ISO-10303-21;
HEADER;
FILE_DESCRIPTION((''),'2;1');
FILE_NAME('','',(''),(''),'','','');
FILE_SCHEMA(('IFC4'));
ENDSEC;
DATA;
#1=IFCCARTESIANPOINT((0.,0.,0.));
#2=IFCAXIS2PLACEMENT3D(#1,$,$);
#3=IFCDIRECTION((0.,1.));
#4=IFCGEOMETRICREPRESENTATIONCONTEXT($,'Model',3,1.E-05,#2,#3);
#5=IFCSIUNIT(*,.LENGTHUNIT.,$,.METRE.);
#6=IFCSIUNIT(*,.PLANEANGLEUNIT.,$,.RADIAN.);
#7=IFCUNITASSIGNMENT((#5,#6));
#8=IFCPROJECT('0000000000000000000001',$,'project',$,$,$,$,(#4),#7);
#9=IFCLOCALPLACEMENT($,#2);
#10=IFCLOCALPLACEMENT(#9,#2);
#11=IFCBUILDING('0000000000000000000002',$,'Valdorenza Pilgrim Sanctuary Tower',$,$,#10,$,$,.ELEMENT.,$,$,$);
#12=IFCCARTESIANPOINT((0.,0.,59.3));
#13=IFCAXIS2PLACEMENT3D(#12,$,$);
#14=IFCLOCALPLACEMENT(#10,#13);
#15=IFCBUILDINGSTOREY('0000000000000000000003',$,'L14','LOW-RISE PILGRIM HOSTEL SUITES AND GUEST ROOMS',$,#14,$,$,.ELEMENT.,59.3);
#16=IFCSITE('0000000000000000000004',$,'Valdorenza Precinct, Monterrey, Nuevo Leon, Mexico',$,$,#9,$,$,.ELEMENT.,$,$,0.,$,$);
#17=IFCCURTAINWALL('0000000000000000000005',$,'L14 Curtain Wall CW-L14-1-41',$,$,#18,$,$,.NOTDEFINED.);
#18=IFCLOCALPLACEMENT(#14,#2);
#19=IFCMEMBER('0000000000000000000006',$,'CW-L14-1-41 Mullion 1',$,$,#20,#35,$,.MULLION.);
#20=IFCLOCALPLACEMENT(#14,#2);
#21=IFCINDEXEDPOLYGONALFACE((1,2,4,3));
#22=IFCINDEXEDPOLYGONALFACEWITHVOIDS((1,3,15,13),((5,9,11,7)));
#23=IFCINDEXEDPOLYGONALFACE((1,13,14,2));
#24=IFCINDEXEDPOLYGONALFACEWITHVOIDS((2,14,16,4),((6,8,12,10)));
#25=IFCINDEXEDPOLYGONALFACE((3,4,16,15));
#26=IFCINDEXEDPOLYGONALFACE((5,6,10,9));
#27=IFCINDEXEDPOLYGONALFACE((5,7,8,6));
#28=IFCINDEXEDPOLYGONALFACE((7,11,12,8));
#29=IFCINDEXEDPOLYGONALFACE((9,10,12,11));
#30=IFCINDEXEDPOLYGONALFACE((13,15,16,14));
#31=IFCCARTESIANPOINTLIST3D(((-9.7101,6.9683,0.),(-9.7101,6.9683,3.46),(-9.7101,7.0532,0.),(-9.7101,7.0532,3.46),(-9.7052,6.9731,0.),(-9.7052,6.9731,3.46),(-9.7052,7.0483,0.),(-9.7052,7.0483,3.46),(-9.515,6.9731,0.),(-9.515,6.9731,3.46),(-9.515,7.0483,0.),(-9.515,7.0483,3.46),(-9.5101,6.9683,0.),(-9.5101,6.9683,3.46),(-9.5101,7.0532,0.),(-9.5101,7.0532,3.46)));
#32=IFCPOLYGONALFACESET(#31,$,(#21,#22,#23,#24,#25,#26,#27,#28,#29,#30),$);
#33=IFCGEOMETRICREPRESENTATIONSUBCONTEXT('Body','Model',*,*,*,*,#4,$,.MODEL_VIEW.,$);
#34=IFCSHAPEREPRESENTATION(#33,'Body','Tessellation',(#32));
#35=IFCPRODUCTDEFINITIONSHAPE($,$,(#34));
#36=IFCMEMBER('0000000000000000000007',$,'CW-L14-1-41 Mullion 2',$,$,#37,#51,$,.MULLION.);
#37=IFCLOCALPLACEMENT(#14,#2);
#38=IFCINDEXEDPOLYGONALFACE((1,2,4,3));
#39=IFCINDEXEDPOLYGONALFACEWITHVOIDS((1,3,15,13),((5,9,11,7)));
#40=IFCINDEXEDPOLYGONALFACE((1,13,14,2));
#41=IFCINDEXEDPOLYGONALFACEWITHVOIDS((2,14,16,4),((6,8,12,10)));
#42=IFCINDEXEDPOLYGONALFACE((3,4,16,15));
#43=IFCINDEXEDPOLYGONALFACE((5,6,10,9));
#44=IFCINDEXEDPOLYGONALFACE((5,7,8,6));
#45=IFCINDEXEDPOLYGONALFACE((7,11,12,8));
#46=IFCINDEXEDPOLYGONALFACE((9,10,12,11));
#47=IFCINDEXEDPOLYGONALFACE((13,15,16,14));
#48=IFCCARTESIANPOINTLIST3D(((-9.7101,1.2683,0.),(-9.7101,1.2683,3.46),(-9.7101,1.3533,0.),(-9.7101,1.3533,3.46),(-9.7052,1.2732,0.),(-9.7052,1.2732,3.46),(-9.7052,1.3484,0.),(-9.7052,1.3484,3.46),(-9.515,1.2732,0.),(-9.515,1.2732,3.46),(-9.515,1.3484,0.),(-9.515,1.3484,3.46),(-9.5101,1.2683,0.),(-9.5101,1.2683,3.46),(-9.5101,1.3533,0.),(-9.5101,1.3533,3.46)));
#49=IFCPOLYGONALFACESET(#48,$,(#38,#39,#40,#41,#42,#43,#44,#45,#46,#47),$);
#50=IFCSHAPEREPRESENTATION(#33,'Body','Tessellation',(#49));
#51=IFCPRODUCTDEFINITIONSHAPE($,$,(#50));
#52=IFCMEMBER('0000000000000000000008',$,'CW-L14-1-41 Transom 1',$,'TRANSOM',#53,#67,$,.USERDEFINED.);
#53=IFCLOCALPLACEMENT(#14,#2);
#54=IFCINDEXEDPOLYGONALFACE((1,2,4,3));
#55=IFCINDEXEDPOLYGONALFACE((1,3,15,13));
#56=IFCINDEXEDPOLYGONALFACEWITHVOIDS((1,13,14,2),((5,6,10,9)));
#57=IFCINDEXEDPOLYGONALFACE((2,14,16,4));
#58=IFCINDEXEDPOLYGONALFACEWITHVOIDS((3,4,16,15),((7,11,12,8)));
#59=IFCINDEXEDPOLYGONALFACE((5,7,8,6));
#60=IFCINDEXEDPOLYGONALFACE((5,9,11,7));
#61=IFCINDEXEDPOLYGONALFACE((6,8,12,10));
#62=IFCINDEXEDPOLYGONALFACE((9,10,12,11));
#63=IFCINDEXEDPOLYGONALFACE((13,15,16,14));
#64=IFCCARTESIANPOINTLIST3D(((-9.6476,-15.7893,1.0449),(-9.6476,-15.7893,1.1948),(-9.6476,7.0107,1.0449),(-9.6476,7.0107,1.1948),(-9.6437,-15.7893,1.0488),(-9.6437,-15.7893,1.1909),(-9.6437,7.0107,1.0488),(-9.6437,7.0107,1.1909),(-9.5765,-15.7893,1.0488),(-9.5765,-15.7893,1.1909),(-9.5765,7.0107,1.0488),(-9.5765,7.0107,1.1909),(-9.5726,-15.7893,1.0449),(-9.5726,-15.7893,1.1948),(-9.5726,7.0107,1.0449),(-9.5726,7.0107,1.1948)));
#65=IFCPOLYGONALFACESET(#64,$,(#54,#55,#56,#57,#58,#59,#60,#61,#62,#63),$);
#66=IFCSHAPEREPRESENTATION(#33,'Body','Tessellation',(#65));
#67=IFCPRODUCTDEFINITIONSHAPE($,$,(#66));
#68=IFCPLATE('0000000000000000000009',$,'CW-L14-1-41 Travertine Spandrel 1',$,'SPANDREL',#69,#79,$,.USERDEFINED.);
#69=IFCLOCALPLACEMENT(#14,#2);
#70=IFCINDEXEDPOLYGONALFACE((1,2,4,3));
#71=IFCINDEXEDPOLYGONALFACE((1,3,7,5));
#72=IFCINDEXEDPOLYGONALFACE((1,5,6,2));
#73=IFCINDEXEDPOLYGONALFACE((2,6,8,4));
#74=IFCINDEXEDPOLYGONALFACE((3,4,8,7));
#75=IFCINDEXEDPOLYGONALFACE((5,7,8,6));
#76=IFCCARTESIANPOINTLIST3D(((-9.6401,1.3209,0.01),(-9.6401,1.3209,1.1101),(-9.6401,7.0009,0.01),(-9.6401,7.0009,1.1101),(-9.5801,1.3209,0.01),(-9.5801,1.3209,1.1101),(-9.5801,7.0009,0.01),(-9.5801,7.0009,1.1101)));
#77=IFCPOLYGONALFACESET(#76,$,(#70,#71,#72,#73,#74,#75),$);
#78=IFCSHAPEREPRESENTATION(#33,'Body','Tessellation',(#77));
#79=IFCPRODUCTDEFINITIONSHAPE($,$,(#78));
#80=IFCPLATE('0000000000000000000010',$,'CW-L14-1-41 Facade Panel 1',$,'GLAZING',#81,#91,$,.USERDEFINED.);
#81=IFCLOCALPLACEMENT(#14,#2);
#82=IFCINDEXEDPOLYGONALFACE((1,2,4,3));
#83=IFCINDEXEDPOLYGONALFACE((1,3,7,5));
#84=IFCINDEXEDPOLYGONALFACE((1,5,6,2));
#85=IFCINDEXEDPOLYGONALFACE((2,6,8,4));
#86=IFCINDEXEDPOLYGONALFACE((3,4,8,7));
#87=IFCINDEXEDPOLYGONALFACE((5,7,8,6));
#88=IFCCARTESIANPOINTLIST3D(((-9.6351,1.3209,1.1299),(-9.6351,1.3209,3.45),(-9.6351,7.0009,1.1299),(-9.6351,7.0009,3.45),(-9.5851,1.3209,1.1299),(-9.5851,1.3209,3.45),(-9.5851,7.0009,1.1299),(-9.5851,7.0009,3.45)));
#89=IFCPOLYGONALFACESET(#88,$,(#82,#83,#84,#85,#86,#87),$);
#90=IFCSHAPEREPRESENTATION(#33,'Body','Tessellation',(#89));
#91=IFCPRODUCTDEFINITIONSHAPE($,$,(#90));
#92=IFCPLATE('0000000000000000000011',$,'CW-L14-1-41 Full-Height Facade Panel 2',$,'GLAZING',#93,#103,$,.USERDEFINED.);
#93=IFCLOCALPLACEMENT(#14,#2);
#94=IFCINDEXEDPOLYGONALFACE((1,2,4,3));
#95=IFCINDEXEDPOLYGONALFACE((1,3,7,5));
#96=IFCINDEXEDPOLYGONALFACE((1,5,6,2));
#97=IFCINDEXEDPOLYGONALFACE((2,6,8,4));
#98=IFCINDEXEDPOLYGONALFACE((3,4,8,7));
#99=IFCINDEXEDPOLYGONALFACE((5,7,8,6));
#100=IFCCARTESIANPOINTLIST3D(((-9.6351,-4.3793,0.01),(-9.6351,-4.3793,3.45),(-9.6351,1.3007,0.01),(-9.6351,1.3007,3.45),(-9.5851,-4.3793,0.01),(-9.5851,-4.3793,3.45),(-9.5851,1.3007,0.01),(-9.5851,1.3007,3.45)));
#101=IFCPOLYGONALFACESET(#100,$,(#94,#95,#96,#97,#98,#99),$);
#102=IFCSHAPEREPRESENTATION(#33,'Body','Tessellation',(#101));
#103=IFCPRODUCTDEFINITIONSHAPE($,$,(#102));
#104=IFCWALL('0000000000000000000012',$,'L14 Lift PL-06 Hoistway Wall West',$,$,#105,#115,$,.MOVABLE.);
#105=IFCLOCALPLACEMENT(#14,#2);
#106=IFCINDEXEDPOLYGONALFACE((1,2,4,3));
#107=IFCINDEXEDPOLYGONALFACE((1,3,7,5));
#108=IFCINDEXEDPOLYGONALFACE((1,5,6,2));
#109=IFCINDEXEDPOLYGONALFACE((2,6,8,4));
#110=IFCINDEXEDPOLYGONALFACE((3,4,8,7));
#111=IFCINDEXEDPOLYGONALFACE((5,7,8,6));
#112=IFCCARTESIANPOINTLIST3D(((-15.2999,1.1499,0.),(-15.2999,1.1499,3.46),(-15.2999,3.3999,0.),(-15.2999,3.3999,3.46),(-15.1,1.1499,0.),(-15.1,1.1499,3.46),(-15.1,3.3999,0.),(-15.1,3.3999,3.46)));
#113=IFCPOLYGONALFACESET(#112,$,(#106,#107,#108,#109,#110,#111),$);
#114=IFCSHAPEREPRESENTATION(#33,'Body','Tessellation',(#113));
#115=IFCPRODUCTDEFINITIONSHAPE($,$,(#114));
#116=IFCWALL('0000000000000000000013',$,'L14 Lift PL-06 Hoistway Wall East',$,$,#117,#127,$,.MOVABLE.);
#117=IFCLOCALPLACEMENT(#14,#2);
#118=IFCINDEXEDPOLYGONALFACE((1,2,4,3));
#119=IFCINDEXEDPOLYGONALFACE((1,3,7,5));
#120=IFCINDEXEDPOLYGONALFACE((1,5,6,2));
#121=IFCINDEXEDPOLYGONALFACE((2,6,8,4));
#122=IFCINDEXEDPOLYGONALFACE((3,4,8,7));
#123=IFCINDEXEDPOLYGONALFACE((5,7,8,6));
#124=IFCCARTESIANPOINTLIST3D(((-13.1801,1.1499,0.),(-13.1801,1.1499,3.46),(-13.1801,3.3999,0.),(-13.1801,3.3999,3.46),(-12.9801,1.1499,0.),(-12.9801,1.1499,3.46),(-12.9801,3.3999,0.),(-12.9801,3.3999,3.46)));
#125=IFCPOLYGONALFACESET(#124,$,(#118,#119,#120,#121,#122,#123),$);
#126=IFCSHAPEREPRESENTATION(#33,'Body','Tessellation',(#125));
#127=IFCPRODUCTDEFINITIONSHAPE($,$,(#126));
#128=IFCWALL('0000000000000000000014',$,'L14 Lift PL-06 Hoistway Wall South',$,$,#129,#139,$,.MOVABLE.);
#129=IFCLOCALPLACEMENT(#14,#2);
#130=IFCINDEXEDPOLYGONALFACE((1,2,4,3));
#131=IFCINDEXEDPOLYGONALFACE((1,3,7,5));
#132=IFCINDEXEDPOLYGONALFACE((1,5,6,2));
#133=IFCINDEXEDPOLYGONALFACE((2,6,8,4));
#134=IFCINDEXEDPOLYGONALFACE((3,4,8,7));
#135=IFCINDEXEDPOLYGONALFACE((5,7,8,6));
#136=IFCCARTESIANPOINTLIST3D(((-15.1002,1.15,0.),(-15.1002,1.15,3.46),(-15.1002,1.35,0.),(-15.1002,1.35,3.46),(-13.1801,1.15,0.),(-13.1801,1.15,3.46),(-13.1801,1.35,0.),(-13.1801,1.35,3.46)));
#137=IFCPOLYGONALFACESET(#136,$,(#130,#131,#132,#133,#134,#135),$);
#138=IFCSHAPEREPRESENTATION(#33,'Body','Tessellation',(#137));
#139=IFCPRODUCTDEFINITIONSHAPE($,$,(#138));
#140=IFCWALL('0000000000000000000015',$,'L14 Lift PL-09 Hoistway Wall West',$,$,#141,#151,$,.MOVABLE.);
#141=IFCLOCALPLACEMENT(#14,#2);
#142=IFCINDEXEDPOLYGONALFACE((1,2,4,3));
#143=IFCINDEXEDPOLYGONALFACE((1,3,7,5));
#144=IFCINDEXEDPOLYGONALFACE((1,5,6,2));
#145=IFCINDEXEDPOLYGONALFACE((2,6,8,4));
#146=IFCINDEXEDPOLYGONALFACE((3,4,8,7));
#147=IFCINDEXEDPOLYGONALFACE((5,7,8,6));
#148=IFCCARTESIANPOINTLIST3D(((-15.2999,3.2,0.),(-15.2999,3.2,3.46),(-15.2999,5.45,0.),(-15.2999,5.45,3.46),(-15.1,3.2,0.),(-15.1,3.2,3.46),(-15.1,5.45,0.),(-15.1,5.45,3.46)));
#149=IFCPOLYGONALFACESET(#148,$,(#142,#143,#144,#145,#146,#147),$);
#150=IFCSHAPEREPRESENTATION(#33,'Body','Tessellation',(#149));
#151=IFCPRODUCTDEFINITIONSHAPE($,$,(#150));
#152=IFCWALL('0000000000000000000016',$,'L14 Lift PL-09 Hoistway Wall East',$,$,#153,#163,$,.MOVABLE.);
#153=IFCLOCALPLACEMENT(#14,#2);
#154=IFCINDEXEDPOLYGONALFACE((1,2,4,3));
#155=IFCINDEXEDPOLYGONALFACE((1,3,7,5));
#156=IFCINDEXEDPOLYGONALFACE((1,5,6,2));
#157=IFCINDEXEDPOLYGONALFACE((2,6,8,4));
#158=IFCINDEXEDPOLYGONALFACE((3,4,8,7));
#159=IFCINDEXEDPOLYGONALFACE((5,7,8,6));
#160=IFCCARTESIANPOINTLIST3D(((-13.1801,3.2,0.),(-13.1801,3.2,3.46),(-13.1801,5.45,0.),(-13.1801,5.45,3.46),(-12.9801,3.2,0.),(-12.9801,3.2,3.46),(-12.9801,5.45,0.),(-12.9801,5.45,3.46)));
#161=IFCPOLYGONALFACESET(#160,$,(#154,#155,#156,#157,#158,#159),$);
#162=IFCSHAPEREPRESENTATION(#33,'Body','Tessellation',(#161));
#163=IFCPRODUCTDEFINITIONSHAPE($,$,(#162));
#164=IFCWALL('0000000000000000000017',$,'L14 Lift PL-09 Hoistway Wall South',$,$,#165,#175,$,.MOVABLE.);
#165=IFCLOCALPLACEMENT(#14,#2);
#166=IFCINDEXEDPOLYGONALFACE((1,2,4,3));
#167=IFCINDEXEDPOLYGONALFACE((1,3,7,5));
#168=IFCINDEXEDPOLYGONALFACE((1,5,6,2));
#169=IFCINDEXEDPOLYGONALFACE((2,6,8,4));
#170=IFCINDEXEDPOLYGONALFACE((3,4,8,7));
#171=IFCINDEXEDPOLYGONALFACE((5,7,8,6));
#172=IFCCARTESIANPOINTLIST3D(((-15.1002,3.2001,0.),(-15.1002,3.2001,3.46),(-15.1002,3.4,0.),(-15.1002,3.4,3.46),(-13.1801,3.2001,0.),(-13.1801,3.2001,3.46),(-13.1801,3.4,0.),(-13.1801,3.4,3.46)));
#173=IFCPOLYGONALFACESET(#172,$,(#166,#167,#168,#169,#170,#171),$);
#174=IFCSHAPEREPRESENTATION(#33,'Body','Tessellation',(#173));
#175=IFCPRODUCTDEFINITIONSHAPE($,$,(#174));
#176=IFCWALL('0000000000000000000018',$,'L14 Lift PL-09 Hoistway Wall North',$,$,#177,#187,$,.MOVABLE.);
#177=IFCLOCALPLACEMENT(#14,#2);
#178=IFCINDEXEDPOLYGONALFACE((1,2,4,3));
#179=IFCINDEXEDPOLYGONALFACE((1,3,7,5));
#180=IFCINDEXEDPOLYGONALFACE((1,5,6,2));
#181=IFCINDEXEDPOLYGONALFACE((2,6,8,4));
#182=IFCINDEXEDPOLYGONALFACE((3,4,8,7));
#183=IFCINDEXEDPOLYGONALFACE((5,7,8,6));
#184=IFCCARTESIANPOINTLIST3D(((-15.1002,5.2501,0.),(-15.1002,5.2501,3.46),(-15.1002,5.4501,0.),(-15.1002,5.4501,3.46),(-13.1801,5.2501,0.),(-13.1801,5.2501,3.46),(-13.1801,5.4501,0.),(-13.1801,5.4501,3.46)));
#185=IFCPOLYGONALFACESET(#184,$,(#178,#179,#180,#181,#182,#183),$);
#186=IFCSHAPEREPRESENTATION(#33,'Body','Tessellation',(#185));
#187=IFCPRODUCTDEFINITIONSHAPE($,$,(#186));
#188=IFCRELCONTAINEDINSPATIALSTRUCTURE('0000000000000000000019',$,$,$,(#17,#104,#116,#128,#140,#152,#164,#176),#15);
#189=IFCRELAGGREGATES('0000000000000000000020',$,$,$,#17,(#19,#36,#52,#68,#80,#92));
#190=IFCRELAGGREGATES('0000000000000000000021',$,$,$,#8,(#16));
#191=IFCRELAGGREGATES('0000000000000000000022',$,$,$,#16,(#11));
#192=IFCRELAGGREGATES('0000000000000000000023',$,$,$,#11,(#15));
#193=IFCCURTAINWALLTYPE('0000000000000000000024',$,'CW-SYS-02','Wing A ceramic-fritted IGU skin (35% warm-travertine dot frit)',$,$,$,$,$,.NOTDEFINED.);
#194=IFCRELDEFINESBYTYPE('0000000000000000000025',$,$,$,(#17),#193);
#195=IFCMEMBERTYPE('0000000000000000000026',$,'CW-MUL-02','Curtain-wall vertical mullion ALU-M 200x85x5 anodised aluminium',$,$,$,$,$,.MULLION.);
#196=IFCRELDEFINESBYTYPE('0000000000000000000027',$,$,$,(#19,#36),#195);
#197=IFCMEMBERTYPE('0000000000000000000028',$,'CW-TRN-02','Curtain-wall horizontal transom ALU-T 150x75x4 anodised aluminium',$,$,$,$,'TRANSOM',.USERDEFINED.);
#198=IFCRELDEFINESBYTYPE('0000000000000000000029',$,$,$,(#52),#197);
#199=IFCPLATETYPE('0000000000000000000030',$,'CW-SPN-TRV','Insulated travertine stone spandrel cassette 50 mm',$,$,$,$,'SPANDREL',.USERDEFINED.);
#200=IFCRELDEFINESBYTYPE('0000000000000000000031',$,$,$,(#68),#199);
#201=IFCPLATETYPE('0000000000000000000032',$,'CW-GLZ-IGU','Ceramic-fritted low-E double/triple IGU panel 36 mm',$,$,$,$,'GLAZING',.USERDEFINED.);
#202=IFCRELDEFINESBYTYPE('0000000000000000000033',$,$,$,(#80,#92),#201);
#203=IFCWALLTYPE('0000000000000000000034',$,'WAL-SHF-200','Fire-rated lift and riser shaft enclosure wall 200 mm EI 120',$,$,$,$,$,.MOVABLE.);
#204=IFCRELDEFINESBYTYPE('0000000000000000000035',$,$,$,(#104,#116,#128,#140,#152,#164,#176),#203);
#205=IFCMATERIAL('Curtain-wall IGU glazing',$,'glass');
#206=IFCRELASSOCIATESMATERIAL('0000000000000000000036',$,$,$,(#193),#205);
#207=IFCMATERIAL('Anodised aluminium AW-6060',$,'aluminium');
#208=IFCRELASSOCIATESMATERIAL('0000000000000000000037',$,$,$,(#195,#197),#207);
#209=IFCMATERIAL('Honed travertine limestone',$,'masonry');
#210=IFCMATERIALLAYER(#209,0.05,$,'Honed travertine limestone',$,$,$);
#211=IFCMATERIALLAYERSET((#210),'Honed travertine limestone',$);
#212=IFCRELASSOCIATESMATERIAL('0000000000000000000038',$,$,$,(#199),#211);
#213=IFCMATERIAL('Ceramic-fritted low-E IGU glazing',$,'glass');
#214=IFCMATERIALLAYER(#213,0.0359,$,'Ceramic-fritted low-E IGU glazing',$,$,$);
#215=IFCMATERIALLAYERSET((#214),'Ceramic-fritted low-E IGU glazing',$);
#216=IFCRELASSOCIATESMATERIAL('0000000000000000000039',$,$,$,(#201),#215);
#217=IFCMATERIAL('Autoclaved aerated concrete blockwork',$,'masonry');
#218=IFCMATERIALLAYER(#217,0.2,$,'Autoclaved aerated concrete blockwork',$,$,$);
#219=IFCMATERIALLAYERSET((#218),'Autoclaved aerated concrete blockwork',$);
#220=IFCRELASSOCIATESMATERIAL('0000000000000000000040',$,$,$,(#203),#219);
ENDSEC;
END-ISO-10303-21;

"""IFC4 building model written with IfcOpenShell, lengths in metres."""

from ifc_helpers import new_model, si_unit, direction, frame, frame_2d, origin, origin_2d, place, context, subcontext, project, spatial, rectangle, hollow_rectangle, extrude, source, transform, mapped, material, layer, layer_set, material_profile, profile_set, type_object, element, aggregate, save


model = new_model("IFC4")

# Units and contexts
model_context = context("Model", 3, precision=1e-05, world=origin(), true_north=direction((0.0, 1.0)))
body_context = subcontext(model_context, "Body", "Model", "MODEL_VIEW")
ifc_project = project(units=[si_unit("LENGTHUNIT", "METRE"), si_unit("PLANEANGLEUNIT", "RADIAN")], contexts=[model_context])

# Site, building, storey
site_placement = place(None, origin())
site = spatial("IfcSite", under=ifc_project, at=site_placement, Name="Valdorenza Precinct, Monterrey, Nuevo Leon, Mexico", CompositionType="ELEMENT", RefElevation=0.0)
building_placement = place(site_placement, origin())
building = spatial("IfcBuilding", under=site, at=building_placement, Name="Valdorenza Pilgrim Sanctuary Tower", CompositionType="ELEMENT")
storey_placement = place(building_placement, frame((0.0, 0.0, 59.3)))
storey = spatial("IfcBuildingStorey", under=building, at=storey_placement, Name="L14", Description="LOW-RISE PILGRIM HOSTEL SUITES AND GUEST ROOMS", CompositionType="ELEMENT", Elevation=59.3)

# Curtain wall, members, plates
ifc_material_1 = material(Name="Curtain-wall IGU glazing", Category="glass")
curtain_wall_type = type_object("IfcCurtainWallType", Name="CW-SYS-02", Description="Wing A ceramic-fritted IGU skin (35% warm-travertine dot frit)", PredefinedType="NOTDEFINED", material=ifc_material_1)
curtain_wall_placement = place(storey_placement, origin())
curtain_wall = element("IfcCurtainWall", 1, at=curtain_wall_placement, inside=storey, type_object=curtain_wall_type, Name="L14 Curtain Wall CW-L14-1-41", PredefinedType="NOTDEFINED")
ifc_material_2 = material(Name="Anodised aluminium AW-6060", Category="aluminium")
ifc_material_profile_1 = material_profile(ifc_material_2, hollow_rectangle(XDim=0.085, YDim=0.2, WallThickness=0.0049, at=origin_2d()), Name="ALU-M 200x85x5")
ifc_profile_set_1 = profile_set([ifc_material_profile_1], Name="Anodised aluminium AW-6060")
member_type_1 = type_object("IfcMemberType", Name="CW-MUL-02", Description="Curtain-wall vertical mullion ALU-M 200x85x5 anodised aluminium", PredefinedType="MULLION", material=ifc_profile_set_1)
shared_shape_1 = source(origin(), body_context, "Body", "SweptSolid", [
    extrude(hollow_rectangle(XDim=0.085, YDim=0.2, WallThickness=0.0049, at=origin_2d()), origin(), (0.0, 0.0, 1.0), 3.46),
])
member_1_placement = place(storey_placement, frame((-9.6101, 7.0107, 0.0), z_axis=(0.0, 0.0, 1.0), x_axis=(0.0, -1.0, 0.0)))
member_1 = element("IfcMember", 2, at=member_1_placement, type_object=member_type_1, Name="CW-L14-1-41 Mullion 1", PredefinedType="MULLION", context=body_context, shape_type="MappedRepresentation", body=[
    mapped(shared_shape_1, transform((0.0, 0.0, 0.0), x_axis=(1.0, 0.0, 0.0), y_axis=(0.0, 1.0, 0.0), z_axis=(0.0, 0.0, 1.0), scale=1.0)),
])
member_2_placement = place(storey_placement, frame((-9.6101, 1.3108, 0.0), z_axis=(0.0, 0.0, 1.0), x_axis=(0.0, -1.0, 0.0)))
member_2 = element("IfcMember", 3, at=member_2_placement, type_object=member_type_1, Name="CW-L14-1-41 Mullion 2", PredefinedType="MULLION", context=body_context, shape_type="MappedRepresentation", body=[
    mapped(shared_shape_1, transform((0.0, 0.0, 0.0), x_axis=(1.0, 0.0, 0.0), y_axis=(0.0, 1.0, 0.0), z_axis=(0.0, 0.0, 1.0), scale=1.0)),
])
ifc_material_profile_2 = material_profile(ifc_material_2, hollow_rectangle(XDim=0.075, YDim=0.1499, WallThickness=0.0039, at=origin_2d()), Name="ALU-T 150x75x4")
ifc_profile_set_2 = profile_set([ifc_material_profile_2], Name="Anodised aluminium AW-6060")
member_type_2 = type_object("IfcMemberType", Name="CW-TRN-02", Description="Curtain-wall horizontal transom ALU-T 150x75x4 anodised aluminium", ElementType="TRANSOM", PredefinedType="USERDEFINED", material=ifc_profile_set_2)
shared_shape_2 = source(origin(), body_context, "Body", "SweptSolid", [
    extrude(hollow_rectangle(XDim=0.075, YDim=0.1499, WallThickness=0.0039, at=origin_2d()), origin(), (0.0, 0.0, 1.0), 22.8),
])
member_3_placement = place(storey_placement, frame((-9.6101, 7.0107, 1.1199), z_axis=(0.0, -1.0, 0.0), x_axis=(1.0, 0.0, 0.0)))
member_3 = element("IfcMember", 4, at=member_3_placement, type_object=member_type_2, Name="CW-L14-1-41 Transom 1", ObjectType="TRANSOM", PredefinedType="USERDEFINED", context=body_context, shape_type="MappedRepresentation", body=[
    mapped(shared_shape_2, transform((0.0, 0.0, 0.0), x_axis=(1.0, 0.0, 0.0), y_axis=(0.0, 1.0, 0.0), z_axis=(0.0, 0.0, 1.0), scale=1.0)),
])
ifc_material_3 = material(Name="Honed travertine limestone", Category="masonry")
ifc_layer_1 = layer(ifc_material_3, 0.05, Name="Honed travertine limestone")
ifc_layer_set_1 = layer_set([ifc_layer_1], Name="Honed travertine limestone")
plate_type_1 = type_object("IfcPlateType", Name="CW-SPN-TRV", Description="Insulated travertine stone spandrel cassette 50 mm", ElementType="SPANDREL", PredefinedType="USERDEFINED", material=ifc_layer_set_1)
shared_shape_3 = source(origin(), body_context, "Body", "SweptSolid", [
    extrude(rectangle(XDim=5.6799, YDim=0.0601, at=origin_2d()), origin(), (0.0, 0.0, 1.0), 1.1001),
])
plate_1_placement = place(storey_placement, frame((-9.6101, 4.1609, 0.01), z_axis=(0.0, 0.0, 1.0), x_axis=(0.0, -1.0, 0.0)))
plate_1 = element("IfcPlate", 5, at=plate_1_placement, type_object=plate_type_1, Name="CW-L14-1-41 Travertine Spandrel 1", ObjectType="SPANDREL", PredefinedType="USERDEFINED", context=body_context, shape_type="MappedRepresentation", body=[
    mapped(shared_shape_3, transform((0.0, 0.0, 0.0), x_axis=(1.0, 0.0, 0.0), y_axis=(0.0, 1.0, 0.0), z_axis=(0.0, 0.0, 1.0), scale=1.0)),
])
ifc_material_4 = material(Name="Ceramic-fritted low-E IGU glazing", Category="glass")
ifc_layer_2 = layer(ifc_material_4, 0.0359, Name="Ceramic-fritted low-E IGU glazing")
ifc_layer_set_2 = layer_set([ifc_layer_2], Name="Ceramic-fritted low-E IGU glazing")
plate_type_2 = type_object("IfcPlateType", Name="CW-GLZ-IGU", Description="Ceramic-fritted low-E double/triple IGU panel 36 mm", ElementType="GLAZING", PredefinedType="USERDEFINED", material=ifc_layer_set_2)
shared_shape_4 = source(origin(), body_context, "Body", "SweptSolid", [
    extrude(rectangle(XDim=5.6799, YDim=0.05, at=origin_2d()), origin(), (0.0, 0.0, 1.0), 2.3201),
])
plate_2_placement = place(storey_placement, frame((-9.6101, 4.1609, 1.1299), z_axis=(0.0, 0.0, 1.0), x_axis=(0.0, -1.0, 0.0)))
plate_2 = element("IfcPlate", 6, at=plate_2_placement, type_object=plate_type_2, Name="CW-L14-1-41 Facade Panel 1", ObjectType="GLAZING", PredefinedType="USERDEFINED", context=body_context, shape_type="MappedRepresentation", body=[
    mapped(shared_shape_4, transform((0.0, 0.0, 0.0), x_axis=(1.0, 0.0, 0.0), y_axis=(0.0, 1.0, 0.0), z_axis=(0.0, 0.0, 1.0), scale=1.0)),
])
shared_shape_5 = source(origin(), body_context, "Body", "SweptSolid", [
    extrude(rectangle(XDim=5.6799, YDim=0.05, at=origin_2d()), origin(), (0.0, 0.0, 1.0), 3.4399),
])
plate_3_placement = place(storey_placement, frame((-9.6101, -1.5393, 0.01), z_axis=(0.0, 0.0, 1.0), x_axis=(0.0, -1.0, 0.0)))
plate_3 = element("IfcPlate", 7, at=plate_3_placement, type_object=plate_type_2, Name="CW-L14-1-41 Full-Height Facade Panel 2", ObjectType="GLAZING", PredefinedType="USERDEFINED", context=body_context, shape_type="MappedRepresentation", body=[
    mapped(shared_shape_5, transform((0.0, 0.0, 0.0), x_axis=(1.0, 0.0, 0.0), y_axis=(0.0, 1.0, 0.0), z_axis=(0.0, 0.0, 1.0), scale=1.0)),
])
aggregate(curtain_wall, [member_1, member_2, member_3, plate_1, plate_2, plate_3])

# Walls
ifc_material_5 = material(Name="Autoclaved aerated concrete blockwork", Category="masonry")
ifc_layer_3 = layer(ifc_material_5, 0.2, Name="Autoclaved aerated concrete blockwork")
ifc_layer_set_3 = layer_set([ifc_layer_3], Name="Autoclaved aerated concrete blockwork")
wall_type = type_object("IfcWallType", Name="WAL-SHF-200", Description="Fire-rated lift and riser shaft enclosure wall 200 mm EI 120", PredefinedType="MOVABLE", material=ifc_layer_set_3)
for number, where, z_axis, x_axis, name in (
    (8, (-15.2, 1.1499, 0.0), (0.0, 0.0, 1.0), (0.0, 1.0, 0.0), "L14 Lift PL-06 Hoistway Wall West"),
    (9, (-13.0801, 1.1499, 0.0), (0.0, 0.0, 1.0), (0.0, 1.0, 0.0), "L14 Lift PL-06 Hoistway Wall East"),
):
    element("IfcWall", number, at=place(storey_placement, frame(where, z_axis=z_axis, x_axis=x_axis)), inside=storey, type_object=wall_type, Name=name, PredefinedType="MOVABLE", context=body_context, shape_type="SweptSolid", body=[
        extrude(rectangle(XDim=2.25, YDim=0.2, at=frame_2d((1.125, 0.0))), origin(), (0.0, 0.0, 1.0), 3.46),
    ])
wall_placement = place(storey_placement, frame((-15.1001, 1.25, 0.0), z_axis=(0.0, 0.0, 1.0), x_axis=(1.0, 0.0, 0.0)))
element("IfcWall", 10, at=wall_placement, inside=storey, type_object=wall_type, Name="L14 Lift PL-06 Hoistway Wall South", PredefinedType="MOVABLE", context=body_context, shape_type="SweptSolid", body=[
    extrude(rectangle(XDim=1.9202, YDim=0.2, at=frame_2d((0.96, 0.0))), origin(), (0.0, 0.0, 1.0), 3.46),
])
for number, where, z_axis, x_axis, name in (
    (11, (-15.2, 3.2, 0.0), (0.0, 0.0, 1.0), (0.0, 1.0, 0.0), "L14 Lift PL-09 Hoistway Wall West"),
    (12, (-13.0801, 3.2, 0.0), (0.0, 0.0, 1.0), (0.0, 1.0, 0.0), "L14 Lift PL-09 Hoistway Wall East"),
):
    element("IfcWall", number, at=place(storey_placement, frame(where, z_axis=z_axis, x_axis=x_axis)), inside=storey, type_object=wall_type, Name=name, PredefinedType="MOVABLE", context=body_context, shape_type="SweptSolid", body=[
        extrude(rectangle(XDim=2.25, YDim=0.2, at=frame_2d((1.125, 0.0))), origin(), (0.0, 0.0, 1.0), 3.46),
    ])
for number, where, z_axis, x_axis, name in (
    (13, (-15.1001, 3.3, 0.0), (0.0, 0.0, 1.0), (1.0, 0.0, 0.0), "L14 Lift PL-09 Hoistway Wall South"),
    (14, (-15.1001, 5.3501, 0.0), (0.0, 0.0, 1.0), (1.0, 0.0, 0.0), "L14 Lift PL-09 Hoistway Wall North"),
):
    element("IfcWall", number, at=place(storey_placement, frame(where, z_axis=z_axis, x_axis=x_axis)), inside=storey, type_object=wall_type, Name=name, PredefinedType="MOVABLE", context=body_context, shape_type="SweptSolid", body=[
        extrude(rectangle(XDim=1.9202, YDim=0.2, at=frame_2d((0.96, 0.0))), origin(), (0.0, 0.0, 1.0), 3.46),
    ])

save(model, "model.ifc")
